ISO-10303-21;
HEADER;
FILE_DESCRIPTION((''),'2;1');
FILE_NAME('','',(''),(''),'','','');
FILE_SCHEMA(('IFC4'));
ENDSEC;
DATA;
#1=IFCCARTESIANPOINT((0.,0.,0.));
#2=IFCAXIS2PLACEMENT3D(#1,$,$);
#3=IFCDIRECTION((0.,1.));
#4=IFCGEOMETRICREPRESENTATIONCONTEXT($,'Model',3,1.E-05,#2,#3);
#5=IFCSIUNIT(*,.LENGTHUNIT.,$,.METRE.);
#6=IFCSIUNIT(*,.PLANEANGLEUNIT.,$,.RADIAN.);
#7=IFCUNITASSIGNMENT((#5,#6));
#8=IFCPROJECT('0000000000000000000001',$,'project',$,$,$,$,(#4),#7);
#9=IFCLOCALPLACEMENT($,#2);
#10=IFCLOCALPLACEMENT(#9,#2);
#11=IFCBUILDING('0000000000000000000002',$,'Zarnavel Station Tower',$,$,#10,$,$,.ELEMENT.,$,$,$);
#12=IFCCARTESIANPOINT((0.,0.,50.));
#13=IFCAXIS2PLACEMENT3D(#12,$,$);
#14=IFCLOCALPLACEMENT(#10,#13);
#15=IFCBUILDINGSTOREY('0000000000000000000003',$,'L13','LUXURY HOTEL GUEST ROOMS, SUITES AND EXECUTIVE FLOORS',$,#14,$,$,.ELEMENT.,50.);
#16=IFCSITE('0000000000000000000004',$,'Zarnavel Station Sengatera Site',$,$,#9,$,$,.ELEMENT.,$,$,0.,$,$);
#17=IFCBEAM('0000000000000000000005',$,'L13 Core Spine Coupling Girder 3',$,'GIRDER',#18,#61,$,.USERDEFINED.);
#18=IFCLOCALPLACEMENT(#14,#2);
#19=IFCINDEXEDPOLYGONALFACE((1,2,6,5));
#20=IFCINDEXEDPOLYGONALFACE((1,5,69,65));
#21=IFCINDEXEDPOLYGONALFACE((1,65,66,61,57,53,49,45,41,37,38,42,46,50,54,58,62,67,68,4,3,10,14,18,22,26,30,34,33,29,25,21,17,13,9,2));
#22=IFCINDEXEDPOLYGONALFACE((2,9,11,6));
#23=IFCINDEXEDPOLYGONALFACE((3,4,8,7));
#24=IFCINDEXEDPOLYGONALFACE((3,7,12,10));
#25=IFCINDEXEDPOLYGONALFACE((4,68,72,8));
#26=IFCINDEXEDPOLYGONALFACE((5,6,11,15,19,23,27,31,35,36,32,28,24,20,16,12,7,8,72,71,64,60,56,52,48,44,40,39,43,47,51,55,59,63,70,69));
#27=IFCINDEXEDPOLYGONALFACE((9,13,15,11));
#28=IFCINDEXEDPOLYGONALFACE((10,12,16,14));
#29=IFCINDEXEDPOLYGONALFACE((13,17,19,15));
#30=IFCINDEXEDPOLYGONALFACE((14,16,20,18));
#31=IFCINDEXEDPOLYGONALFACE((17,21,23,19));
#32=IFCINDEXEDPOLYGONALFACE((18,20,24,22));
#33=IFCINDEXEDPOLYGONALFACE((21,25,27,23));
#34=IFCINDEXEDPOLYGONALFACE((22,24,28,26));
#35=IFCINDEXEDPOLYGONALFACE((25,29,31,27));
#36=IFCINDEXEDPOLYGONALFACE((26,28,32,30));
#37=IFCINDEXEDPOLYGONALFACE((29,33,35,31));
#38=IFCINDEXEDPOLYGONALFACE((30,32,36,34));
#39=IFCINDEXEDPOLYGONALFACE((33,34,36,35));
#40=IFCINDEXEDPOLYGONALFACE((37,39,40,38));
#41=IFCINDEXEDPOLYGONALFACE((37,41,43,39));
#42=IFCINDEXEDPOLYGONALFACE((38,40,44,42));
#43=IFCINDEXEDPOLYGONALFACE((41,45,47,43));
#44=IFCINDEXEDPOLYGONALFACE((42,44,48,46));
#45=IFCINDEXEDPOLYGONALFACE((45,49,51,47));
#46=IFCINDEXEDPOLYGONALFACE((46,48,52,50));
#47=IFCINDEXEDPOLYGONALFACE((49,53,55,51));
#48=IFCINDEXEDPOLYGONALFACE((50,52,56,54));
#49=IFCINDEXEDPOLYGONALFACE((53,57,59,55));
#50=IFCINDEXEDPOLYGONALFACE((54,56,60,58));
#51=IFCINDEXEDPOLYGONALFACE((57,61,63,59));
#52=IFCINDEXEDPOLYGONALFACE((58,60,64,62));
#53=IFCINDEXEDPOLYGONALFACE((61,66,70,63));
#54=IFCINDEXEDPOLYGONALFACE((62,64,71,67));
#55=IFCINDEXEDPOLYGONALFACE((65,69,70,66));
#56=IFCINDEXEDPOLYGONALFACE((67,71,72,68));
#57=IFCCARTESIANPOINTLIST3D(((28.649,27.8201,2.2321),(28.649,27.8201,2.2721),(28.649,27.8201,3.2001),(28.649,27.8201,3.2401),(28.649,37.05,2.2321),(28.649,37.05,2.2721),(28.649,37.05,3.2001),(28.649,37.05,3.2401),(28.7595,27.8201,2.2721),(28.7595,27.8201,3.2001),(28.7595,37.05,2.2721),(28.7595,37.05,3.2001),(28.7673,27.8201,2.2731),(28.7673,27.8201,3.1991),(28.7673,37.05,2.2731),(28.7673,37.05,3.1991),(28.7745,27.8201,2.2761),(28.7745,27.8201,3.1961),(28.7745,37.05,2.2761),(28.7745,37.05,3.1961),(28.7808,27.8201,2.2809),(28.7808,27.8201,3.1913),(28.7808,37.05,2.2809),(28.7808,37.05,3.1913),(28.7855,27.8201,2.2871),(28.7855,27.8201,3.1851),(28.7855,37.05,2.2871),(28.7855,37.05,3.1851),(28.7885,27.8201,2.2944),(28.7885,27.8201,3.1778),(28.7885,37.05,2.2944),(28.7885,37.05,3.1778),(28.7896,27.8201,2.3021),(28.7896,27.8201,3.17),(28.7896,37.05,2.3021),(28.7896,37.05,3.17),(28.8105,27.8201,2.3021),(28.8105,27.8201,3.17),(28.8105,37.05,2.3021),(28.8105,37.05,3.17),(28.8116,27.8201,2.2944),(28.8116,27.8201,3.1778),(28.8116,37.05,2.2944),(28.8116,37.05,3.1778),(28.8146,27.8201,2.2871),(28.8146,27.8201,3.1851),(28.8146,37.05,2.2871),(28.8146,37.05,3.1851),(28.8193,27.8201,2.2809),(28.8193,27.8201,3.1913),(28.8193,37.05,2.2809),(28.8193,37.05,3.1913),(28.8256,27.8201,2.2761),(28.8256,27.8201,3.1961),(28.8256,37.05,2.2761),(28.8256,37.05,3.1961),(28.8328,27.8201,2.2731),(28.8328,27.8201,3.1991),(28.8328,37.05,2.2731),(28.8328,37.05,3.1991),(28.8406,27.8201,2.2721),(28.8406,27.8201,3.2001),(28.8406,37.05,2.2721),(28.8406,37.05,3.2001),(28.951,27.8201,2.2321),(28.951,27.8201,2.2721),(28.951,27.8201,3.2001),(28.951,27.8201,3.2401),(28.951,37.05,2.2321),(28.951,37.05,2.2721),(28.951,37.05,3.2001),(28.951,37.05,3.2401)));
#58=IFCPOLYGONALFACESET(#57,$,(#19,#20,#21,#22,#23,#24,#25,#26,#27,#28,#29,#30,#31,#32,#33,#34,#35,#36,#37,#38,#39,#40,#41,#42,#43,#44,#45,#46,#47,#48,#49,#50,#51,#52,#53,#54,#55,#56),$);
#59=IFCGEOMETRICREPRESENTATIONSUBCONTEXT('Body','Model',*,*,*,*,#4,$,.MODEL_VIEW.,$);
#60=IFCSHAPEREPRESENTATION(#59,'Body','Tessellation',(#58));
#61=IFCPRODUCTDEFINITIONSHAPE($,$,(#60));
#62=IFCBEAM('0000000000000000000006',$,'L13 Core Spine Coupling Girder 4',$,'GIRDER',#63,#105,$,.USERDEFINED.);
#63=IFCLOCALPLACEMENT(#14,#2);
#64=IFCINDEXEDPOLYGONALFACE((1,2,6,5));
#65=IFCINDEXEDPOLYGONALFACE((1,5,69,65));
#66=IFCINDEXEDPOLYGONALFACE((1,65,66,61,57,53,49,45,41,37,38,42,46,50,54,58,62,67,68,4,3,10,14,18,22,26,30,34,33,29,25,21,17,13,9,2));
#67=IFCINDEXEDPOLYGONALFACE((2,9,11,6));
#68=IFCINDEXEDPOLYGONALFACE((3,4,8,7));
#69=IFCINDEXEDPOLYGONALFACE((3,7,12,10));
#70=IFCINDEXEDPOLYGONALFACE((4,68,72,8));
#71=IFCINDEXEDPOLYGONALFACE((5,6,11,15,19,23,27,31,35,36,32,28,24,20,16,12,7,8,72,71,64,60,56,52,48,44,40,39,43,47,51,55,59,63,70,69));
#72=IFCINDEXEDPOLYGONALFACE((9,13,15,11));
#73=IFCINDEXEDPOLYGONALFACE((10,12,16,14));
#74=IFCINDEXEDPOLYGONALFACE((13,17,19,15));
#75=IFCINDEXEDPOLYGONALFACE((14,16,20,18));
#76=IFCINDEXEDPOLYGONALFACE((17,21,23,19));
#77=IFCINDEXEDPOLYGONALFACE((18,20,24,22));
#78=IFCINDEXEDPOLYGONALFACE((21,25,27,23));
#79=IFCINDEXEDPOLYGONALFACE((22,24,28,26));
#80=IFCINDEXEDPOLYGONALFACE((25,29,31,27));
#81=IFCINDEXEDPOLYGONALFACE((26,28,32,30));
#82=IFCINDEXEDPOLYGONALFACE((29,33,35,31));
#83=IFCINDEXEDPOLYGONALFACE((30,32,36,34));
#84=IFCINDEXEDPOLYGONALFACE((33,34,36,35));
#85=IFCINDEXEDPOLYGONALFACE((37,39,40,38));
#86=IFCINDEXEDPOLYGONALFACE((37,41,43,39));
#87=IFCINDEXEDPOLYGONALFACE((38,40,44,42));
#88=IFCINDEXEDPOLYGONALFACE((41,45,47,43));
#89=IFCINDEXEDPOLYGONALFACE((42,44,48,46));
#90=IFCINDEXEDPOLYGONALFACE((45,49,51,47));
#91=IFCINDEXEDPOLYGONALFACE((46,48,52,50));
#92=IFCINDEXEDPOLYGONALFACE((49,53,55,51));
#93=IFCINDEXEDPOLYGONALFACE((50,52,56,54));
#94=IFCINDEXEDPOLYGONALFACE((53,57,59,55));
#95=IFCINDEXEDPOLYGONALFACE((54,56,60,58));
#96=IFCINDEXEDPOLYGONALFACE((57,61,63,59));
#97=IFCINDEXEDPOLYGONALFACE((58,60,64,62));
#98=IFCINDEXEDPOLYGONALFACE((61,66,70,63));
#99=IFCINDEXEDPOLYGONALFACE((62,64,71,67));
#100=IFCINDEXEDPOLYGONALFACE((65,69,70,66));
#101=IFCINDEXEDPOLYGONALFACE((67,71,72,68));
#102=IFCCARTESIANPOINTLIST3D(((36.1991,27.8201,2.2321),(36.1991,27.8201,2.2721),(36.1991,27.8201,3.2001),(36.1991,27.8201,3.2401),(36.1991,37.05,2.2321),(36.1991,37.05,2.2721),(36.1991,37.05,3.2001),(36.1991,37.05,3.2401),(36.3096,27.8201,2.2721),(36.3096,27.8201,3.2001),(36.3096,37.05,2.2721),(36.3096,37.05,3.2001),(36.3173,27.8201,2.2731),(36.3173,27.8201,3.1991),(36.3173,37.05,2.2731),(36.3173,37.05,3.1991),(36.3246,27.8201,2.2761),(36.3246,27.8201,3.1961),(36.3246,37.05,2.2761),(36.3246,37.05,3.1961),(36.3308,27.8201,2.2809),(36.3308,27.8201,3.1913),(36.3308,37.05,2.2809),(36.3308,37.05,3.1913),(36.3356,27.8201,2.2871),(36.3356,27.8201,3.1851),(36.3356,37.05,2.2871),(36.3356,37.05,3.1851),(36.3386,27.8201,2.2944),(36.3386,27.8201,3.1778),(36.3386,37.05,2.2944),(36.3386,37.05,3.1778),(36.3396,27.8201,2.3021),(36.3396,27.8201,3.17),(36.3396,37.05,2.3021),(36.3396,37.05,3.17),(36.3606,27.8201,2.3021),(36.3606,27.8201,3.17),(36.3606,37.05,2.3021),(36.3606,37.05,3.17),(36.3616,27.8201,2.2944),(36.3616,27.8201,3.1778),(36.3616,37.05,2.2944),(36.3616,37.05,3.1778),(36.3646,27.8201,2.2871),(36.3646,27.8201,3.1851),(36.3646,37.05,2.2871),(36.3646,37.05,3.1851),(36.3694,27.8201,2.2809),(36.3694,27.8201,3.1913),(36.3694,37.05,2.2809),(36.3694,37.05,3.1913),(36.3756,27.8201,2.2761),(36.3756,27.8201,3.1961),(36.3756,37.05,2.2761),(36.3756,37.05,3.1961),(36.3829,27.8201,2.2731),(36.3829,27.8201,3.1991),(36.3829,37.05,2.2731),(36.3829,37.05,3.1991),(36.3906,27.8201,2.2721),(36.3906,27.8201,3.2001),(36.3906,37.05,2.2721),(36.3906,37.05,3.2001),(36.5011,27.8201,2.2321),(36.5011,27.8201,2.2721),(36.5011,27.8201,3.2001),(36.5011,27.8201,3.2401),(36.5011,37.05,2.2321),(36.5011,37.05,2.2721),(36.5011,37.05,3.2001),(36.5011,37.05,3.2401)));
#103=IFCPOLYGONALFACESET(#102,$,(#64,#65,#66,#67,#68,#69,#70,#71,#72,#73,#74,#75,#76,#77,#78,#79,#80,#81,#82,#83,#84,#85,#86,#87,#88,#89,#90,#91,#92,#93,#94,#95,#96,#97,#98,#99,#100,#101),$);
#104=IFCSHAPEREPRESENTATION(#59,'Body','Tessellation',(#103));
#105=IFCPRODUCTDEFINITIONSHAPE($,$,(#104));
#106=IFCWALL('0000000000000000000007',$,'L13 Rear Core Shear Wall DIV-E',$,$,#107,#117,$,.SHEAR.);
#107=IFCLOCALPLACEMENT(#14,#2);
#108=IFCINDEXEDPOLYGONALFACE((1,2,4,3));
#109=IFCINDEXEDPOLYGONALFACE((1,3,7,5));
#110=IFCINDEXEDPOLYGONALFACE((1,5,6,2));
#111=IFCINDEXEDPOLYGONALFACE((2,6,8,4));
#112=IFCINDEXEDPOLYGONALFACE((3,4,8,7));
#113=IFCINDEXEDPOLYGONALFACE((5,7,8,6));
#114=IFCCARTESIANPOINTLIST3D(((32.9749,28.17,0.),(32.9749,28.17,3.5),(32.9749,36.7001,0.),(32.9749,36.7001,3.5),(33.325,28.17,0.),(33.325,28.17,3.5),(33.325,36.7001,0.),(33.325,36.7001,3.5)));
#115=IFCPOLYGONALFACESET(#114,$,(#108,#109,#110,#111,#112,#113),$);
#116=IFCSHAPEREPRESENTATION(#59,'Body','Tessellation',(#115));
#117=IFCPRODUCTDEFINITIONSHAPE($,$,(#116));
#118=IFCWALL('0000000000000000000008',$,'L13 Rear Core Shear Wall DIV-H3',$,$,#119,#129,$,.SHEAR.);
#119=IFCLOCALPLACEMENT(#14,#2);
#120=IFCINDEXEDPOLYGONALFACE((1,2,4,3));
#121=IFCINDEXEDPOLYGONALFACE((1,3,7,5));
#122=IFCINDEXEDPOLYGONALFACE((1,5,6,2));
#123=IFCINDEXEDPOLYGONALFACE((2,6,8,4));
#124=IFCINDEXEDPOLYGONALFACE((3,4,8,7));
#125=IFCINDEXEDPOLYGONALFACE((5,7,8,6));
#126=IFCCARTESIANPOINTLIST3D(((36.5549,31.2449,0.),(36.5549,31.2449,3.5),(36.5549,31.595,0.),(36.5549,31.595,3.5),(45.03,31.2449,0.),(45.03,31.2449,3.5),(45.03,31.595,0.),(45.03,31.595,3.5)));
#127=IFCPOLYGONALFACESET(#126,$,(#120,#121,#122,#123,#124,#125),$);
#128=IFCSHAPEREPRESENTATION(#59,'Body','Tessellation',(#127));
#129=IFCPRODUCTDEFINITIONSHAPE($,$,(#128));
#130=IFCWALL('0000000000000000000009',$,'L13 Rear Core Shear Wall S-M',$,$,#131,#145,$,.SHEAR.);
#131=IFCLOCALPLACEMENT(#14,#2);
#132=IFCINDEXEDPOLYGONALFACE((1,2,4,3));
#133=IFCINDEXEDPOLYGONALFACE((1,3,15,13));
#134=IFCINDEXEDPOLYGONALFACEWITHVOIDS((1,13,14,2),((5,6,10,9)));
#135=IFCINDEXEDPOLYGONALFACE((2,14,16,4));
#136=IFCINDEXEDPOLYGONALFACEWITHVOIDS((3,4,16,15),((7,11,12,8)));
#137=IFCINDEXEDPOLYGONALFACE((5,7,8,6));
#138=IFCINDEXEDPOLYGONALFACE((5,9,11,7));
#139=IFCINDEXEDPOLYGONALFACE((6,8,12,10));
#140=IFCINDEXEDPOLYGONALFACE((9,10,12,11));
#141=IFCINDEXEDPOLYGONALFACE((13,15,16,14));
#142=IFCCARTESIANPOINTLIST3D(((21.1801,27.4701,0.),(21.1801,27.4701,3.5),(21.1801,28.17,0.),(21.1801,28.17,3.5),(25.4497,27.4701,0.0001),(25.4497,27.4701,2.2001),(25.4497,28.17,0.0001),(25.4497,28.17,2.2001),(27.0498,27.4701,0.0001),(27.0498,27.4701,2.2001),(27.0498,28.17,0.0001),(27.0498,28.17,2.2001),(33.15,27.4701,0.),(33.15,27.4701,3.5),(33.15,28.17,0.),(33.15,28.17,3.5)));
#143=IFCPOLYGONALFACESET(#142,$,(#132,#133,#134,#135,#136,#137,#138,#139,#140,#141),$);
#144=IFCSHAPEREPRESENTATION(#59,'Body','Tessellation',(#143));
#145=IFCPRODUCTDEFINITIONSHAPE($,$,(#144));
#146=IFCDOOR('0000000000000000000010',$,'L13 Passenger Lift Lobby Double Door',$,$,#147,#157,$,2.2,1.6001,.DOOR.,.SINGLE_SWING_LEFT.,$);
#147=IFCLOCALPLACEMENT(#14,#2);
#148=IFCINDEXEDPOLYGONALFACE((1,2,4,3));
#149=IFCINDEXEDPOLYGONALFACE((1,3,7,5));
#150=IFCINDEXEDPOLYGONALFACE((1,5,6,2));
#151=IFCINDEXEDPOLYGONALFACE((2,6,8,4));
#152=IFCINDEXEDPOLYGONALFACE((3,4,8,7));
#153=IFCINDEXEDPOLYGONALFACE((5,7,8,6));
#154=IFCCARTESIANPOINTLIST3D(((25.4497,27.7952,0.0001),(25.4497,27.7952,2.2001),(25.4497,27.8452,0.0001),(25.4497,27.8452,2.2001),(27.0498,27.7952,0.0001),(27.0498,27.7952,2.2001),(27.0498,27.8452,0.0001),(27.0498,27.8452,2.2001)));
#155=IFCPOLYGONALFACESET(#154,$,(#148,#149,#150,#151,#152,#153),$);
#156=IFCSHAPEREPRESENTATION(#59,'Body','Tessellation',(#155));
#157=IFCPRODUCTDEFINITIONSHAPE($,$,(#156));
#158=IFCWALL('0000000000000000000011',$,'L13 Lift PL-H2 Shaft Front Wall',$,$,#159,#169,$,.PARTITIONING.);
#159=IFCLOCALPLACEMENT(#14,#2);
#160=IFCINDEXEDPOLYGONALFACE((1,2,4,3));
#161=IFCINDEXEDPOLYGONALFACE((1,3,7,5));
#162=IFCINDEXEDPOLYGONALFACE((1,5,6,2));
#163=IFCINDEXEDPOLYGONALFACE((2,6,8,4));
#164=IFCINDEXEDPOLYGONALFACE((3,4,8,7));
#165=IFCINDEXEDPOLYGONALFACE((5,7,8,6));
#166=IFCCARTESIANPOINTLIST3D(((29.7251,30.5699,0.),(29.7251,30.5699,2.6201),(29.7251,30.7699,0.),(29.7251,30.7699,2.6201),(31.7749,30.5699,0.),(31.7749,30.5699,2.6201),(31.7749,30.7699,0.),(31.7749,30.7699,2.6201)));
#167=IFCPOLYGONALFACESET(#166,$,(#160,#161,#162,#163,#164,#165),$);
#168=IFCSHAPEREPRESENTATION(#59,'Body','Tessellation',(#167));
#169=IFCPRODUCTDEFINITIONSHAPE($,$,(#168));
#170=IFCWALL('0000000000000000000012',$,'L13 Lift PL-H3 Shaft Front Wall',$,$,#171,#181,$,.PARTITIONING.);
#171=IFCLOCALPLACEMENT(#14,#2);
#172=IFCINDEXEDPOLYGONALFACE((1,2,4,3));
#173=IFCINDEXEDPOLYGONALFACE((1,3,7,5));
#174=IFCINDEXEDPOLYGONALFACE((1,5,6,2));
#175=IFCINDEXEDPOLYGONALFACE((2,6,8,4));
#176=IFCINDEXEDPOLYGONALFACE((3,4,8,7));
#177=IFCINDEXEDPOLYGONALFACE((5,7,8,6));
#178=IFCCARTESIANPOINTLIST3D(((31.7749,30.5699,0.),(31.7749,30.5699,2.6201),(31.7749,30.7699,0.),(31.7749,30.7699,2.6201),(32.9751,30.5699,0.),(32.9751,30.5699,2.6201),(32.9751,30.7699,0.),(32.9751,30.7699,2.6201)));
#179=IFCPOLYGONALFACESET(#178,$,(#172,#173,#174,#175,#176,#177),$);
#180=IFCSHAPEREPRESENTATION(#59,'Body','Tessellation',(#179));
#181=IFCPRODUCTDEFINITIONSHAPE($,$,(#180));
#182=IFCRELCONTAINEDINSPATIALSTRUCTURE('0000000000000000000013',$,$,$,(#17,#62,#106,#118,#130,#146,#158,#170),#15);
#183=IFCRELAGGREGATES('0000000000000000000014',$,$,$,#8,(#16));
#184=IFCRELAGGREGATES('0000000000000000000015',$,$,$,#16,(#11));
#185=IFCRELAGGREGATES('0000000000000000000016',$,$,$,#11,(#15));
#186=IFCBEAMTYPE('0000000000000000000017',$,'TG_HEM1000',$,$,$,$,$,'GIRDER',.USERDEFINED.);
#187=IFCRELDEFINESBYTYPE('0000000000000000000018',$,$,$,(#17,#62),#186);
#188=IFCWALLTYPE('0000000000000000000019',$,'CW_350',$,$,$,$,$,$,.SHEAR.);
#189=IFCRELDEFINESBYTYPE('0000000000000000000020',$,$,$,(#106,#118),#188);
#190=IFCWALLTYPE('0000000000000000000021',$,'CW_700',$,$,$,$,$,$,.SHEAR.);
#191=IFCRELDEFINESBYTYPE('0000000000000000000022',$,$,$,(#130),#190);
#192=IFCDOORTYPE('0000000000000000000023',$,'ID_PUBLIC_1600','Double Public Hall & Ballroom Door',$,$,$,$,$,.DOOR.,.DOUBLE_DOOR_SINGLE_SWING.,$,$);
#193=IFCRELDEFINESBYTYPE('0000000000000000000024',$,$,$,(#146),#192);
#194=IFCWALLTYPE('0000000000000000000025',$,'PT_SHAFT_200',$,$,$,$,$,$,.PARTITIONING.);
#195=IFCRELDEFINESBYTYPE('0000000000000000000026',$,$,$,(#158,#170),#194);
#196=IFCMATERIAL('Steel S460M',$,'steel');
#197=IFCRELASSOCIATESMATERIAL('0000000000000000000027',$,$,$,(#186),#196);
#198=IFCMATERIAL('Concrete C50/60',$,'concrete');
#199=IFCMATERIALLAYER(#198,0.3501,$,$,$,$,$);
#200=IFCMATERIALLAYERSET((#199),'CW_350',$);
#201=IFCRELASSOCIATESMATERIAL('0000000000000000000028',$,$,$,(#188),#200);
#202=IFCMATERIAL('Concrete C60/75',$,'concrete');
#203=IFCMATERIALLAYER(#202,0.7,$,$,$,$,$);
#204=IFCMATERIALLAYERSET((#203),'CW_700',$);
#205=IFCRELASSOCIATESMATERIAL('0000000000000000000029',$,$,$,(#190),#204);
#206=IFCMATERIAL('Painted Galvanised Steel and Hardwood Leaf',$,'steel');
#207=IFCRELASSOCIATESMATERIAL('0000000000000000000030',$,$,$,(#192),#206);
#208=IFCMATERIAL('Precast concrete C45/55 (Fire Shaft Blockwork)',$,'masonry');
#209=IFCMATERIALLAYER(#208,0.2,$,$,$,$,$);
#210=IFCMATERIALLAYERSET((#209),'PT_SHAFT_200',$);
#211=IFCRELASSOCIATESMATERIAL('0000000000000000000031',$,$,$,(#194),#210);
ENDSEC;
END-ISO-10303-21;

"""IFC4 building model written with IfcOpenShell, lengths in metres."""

from ifc_helpers import new_model, si_unit, direction, frame, frame_2d, origin, origin_2d, place, context, subcontext, project, spatial, rectangle, i_section, extrude, material, layer, layer_set, material_profile, profile_set, type_object, element, fill, save


model = new_model("IFC4")

# Units and contexts
model_context = context("Model", 3, precision=1e-05, world=origin(), true_north=direction((0.0, 1.0)))
body_context = subcontext(model_context, "Body", "Model", "MODEL_VIEW")
ifc_project = project(units=[si_unit("LENGTHUNIT", "METRE"), si_unit("PLANEANGLEUNIT", "RADIAN")], contexts=[model_context])

# Site, building, storey
site_placement = place(None, origin())
site = spatial("IfcSite", under=ifc_project, at=site_placement, Name="Zarnavel Station Sengatera Site", CompositionType="ELEMENT", RefElevation=0.0)
building_placement = place(site_placement, origin())
building = spatial("IfcBuilding", under=site, at=building_placement, Name="Zarnavel Station Tower", CompositionType="ELEMENT")
storey_placement = place(building_placement, frame((0.0, 0.0, 50.0)))
storey = spatial("IfcBuildingStorey", under=building, at=storey_placement, Name="L13", Description="LUXURY HOTEL GUEST ROOMS, SUITES AND EXECUTIVE FLOORS", CompositionType="ELEMENT", Elevation=50.0)

# Beams
ifc_material_1 = material(Name="Steel S460M", Category="steel")
ifc_material_profile_1 = material_profile(ifc_material_1, i_section(OverallWidth=0.302, OverallDepth=1.0081, WebThickness=0.021, FlangeThickness=0.04, FilletRadius=0.03, at=origin_2d()), Name="HEM1000")
ifc_profile_set_1 = profile_set([ifc_material_profile_1], Name="Steel S460M")
beam_type_1 = type_object("IfcBeamType", Name="TG_HEM1000", ElementType="GIRDER", PredefinedType="USERDEFINED", material=ifc_profile_set_1)
for number, where, z_axis, x_axis, name in (
    (1, (28.8, 27.8201, 2.7361), (0.0, 1.0, 0.0), (-1.0, 0.0, 0.0), "L13 Core Spine Coupling Girder 3"),
    (2, (36.3501, 27.8201, 2.7361), (0.0, 1.0, 0.0), (-1.0, 0.0, 0.0), "L13 Core Spine Coupling Girder 4"),
):
    element("IfcBeam", number, at=place(storey_placement, frame(where, z_axis=z_axis, x_axis=x_axis)), inside=storey, type_object=beam_type_1, Name=name, ObjectType="GIRDER", PredefinedType="USERDEFINED", context=body_context, shape_type="SweptSolid", body=[
        extrude(i_section(OverallWidth=0.302, OverallDepth=1.0081, WebThickness=0.021, FlangeThickness=0.04, FilletRadius=0.03, at=origin_2d()), origin(), (0.0, 0.0, 1.0), 9.23),
    ])

# Wall
ifc_material_2 = material(Name="Concrete C50/60", Category="concrete")
ifc_layer_1 = layer(ifc_material_2, 0.3501)
ifc_layer_set_1 = layer_set([ifc_layer_1], Name="CW_350")
wall_type_1 = type_object("IfcWallType", Name="CW_350", PredefinedType="SHEAR", material=ifc_layer_set_1)
wall_1_placement = place(storey_placement, frame((33.1499, 28.1699, 0.0), z_axis=(0.0, 0.0, 1.0), x_axis=(0.0, 1.0, 0.0)))
element("IfcWall", 3, at=wall_1_placement, inside=storey, type_object=wall_type_1, Name="L13 Rear Core Shear Wall DIV-E", PredefinedType="SHEAR", context=body_context, shape_type="SweptSolid", body=[
    extrude(rectangle(XDim=8.53, YDim=0.3501, at=frame_2d((4.2651, 0.0))), origin(), (0.0, 0.0, 1.0), 3.5),
])

# Wall
wall_2_placement = place(storey_placement, frame((36.5549, 31.4199, 0.0), z_axis=(0.0, 0.0, 1.0), x_axis=(1.0, 0.0, 0.0)))
element("IfcWall", 4, at=wall_2_placement, inside=storey, type_object=wall_type_1, Name="L13 Rear Core Shear Wall DIV-H3", PredefinedType="SHEAR", context=body_context, shape_type="SweptSolid", body=[
    extrude(rectangle(XDim=8.4751, YDim=0.3501, at=frame_2d((4.2375, 0.0))), origin(), (0.0, 0.0, 1.0), 3.5),
])

# Wall, opening, door
ifc_material_3 = material(Name="Concrete C60/75", Category="concrete")
ifc_layer_2 = layer(ifc_material_3, 0.7)
ifc_layer_set_2 = layer_set([ifc_layer_2], Name="CW_700")
wall_type_2 = type_object("IfcWallType", Name="CW_700", PredefinedType="SHEAR", material=ifc_layer_set_2)
wall_3_placement = place(storey_placement, frame((33.1499, 27.8201, 0.0), z_axis=(0.0, 0.0, 1.0), x_axis=(-1.0, 0.0, 0.0)))
wall_3 = element("IfcWall", 5, at=wall_3_placement, inside=storey, type_object=wall_type_2, Name="L13 Rear Core Shear Wall S-M", PredefinedType="SHEAR", context=body_context, shape_type="SweptSolid", body=[
    extrude(rectangle(XDim=11.97, YDim=0.7, at=frame_2d((5.9849, 0.0))), origin(), (0.0, 0.0, 1.0), 3.5),
])
opening_1_placement = place(wall_3_placement, frame((6.1001, 0.0, 0.0)))
opening_1 = element("IfcOpeningElement", 6, at=opening_1_placement, cuts=wall_3, PredefinedType="OPENING", context=body_context, shape_type="SweptSolid", body=[
    extrude(rectangle(XDim=1.6001, YDim=2.2, at=frame_2d((0.8, 1.1001))), frame((0.0, 0.3599, 0.0), z_axis=(0.0, -1.0, 0.0), x_axis=(1.0, 0.0, 0.0)), (0.0, 0.0, 1.0), 0.72),
])
ifc_material_4 = material(Name="Painted Galvanised Steel and Hardwood Leaf", Category="steel")
door_type_1 = type_object("IfcDoorType", Name="ID_PUBLIC_1600", Description="Double Public Hall & Ballroom Door", OperationType="DOUBLE_DOOR_SINGLE_SWING", PredefinedType="DOOR", material=ifc_material_4)
door_1_placement = place(opening_1_placement, origin())
door_1 = element("IfcDoor", 7, at=door_1_placement, inside=storey, type_object=door_type_1, Name="L13 Passenger Lift Lobby Double Door", OperationType="SINGLE_SWING_LEFT", OverallHeight=2.2, OverallWidth=1.6001, PredefinedType="DOOR", context=body_context, shape_type="SweptSolid", body=[
    extrude(rectangle(XDim=1.6001, YDim=2.2, at=frame_2d((0.8, 1.1001))), frame((0.0, 0.0249, 0.0), z_axis=(0.0, -1.0, 0.0), x_axis=(1.0, 0.0, 0.0)), (0.0, 0.0, 1.0), 0.05),
])
fill(opening_1, door_1)
ifc_material_5 = material(Name="Precast concrete C45/55 (Fire Shaft Blockwork)", Category="masonry")
ifc_layer_3 = layer(ifc_material_5, 0.2)
ifc_layer_set_3 = layer_set([ifc_layer_3], Name="PT_SHAFT_200")
wall_type_3 = type_object("IfcWallType", Name="PT_SHAFT_200", PredefinedType="PARTITIONING", material=ifc_layer_set_3)

# Walls
wall_4_placement = place(storey_placement, frame((29.7251, 30.6699, 0.0), z_axis=(0.0, 0.0, 1.0), x_axis=(1.0, 0.0, 0.0)))
element("IfcWall", 8, at=wall_4_placement, inside=storey, type_object=wall_type_3, Name="L13 Lift PL-H2 Shaft Front Wall", PredefinedType="PARTITIONING", context=body_context, shape_type="SweptSolid", body=[
    extrude(rectangle(XDim=2.0498, YDim=0.2, at=frame_2d((1.0249, 0.0))), origin(), (0.0, 0.0, 1.0), 2.6201),
])
wall_5_placement = place(storey_placement, frame((31.7749, 30.6699, 0.0), z_axis=(0.0, 0.0, 1.0), x_axis=(1.0, 0.0, 0.0)))
element("IfcWall", 9, at=wall_5_placement, inside=storey, type_object=wall_type_3, Name="L13 Lift PL-H3 Shaft Front Wall", PredefinedType="PARTITIONING", context=body_context, shape_type="SweptSolid", body=[
    extrude(rectangle(XDim=1.2002, YDim=0.2, at=frame_2d((0.6001, 0.0))), origin(), (0.0, 0.0, 1.0), 2.6201),
])

save(model, "model.ifc")
